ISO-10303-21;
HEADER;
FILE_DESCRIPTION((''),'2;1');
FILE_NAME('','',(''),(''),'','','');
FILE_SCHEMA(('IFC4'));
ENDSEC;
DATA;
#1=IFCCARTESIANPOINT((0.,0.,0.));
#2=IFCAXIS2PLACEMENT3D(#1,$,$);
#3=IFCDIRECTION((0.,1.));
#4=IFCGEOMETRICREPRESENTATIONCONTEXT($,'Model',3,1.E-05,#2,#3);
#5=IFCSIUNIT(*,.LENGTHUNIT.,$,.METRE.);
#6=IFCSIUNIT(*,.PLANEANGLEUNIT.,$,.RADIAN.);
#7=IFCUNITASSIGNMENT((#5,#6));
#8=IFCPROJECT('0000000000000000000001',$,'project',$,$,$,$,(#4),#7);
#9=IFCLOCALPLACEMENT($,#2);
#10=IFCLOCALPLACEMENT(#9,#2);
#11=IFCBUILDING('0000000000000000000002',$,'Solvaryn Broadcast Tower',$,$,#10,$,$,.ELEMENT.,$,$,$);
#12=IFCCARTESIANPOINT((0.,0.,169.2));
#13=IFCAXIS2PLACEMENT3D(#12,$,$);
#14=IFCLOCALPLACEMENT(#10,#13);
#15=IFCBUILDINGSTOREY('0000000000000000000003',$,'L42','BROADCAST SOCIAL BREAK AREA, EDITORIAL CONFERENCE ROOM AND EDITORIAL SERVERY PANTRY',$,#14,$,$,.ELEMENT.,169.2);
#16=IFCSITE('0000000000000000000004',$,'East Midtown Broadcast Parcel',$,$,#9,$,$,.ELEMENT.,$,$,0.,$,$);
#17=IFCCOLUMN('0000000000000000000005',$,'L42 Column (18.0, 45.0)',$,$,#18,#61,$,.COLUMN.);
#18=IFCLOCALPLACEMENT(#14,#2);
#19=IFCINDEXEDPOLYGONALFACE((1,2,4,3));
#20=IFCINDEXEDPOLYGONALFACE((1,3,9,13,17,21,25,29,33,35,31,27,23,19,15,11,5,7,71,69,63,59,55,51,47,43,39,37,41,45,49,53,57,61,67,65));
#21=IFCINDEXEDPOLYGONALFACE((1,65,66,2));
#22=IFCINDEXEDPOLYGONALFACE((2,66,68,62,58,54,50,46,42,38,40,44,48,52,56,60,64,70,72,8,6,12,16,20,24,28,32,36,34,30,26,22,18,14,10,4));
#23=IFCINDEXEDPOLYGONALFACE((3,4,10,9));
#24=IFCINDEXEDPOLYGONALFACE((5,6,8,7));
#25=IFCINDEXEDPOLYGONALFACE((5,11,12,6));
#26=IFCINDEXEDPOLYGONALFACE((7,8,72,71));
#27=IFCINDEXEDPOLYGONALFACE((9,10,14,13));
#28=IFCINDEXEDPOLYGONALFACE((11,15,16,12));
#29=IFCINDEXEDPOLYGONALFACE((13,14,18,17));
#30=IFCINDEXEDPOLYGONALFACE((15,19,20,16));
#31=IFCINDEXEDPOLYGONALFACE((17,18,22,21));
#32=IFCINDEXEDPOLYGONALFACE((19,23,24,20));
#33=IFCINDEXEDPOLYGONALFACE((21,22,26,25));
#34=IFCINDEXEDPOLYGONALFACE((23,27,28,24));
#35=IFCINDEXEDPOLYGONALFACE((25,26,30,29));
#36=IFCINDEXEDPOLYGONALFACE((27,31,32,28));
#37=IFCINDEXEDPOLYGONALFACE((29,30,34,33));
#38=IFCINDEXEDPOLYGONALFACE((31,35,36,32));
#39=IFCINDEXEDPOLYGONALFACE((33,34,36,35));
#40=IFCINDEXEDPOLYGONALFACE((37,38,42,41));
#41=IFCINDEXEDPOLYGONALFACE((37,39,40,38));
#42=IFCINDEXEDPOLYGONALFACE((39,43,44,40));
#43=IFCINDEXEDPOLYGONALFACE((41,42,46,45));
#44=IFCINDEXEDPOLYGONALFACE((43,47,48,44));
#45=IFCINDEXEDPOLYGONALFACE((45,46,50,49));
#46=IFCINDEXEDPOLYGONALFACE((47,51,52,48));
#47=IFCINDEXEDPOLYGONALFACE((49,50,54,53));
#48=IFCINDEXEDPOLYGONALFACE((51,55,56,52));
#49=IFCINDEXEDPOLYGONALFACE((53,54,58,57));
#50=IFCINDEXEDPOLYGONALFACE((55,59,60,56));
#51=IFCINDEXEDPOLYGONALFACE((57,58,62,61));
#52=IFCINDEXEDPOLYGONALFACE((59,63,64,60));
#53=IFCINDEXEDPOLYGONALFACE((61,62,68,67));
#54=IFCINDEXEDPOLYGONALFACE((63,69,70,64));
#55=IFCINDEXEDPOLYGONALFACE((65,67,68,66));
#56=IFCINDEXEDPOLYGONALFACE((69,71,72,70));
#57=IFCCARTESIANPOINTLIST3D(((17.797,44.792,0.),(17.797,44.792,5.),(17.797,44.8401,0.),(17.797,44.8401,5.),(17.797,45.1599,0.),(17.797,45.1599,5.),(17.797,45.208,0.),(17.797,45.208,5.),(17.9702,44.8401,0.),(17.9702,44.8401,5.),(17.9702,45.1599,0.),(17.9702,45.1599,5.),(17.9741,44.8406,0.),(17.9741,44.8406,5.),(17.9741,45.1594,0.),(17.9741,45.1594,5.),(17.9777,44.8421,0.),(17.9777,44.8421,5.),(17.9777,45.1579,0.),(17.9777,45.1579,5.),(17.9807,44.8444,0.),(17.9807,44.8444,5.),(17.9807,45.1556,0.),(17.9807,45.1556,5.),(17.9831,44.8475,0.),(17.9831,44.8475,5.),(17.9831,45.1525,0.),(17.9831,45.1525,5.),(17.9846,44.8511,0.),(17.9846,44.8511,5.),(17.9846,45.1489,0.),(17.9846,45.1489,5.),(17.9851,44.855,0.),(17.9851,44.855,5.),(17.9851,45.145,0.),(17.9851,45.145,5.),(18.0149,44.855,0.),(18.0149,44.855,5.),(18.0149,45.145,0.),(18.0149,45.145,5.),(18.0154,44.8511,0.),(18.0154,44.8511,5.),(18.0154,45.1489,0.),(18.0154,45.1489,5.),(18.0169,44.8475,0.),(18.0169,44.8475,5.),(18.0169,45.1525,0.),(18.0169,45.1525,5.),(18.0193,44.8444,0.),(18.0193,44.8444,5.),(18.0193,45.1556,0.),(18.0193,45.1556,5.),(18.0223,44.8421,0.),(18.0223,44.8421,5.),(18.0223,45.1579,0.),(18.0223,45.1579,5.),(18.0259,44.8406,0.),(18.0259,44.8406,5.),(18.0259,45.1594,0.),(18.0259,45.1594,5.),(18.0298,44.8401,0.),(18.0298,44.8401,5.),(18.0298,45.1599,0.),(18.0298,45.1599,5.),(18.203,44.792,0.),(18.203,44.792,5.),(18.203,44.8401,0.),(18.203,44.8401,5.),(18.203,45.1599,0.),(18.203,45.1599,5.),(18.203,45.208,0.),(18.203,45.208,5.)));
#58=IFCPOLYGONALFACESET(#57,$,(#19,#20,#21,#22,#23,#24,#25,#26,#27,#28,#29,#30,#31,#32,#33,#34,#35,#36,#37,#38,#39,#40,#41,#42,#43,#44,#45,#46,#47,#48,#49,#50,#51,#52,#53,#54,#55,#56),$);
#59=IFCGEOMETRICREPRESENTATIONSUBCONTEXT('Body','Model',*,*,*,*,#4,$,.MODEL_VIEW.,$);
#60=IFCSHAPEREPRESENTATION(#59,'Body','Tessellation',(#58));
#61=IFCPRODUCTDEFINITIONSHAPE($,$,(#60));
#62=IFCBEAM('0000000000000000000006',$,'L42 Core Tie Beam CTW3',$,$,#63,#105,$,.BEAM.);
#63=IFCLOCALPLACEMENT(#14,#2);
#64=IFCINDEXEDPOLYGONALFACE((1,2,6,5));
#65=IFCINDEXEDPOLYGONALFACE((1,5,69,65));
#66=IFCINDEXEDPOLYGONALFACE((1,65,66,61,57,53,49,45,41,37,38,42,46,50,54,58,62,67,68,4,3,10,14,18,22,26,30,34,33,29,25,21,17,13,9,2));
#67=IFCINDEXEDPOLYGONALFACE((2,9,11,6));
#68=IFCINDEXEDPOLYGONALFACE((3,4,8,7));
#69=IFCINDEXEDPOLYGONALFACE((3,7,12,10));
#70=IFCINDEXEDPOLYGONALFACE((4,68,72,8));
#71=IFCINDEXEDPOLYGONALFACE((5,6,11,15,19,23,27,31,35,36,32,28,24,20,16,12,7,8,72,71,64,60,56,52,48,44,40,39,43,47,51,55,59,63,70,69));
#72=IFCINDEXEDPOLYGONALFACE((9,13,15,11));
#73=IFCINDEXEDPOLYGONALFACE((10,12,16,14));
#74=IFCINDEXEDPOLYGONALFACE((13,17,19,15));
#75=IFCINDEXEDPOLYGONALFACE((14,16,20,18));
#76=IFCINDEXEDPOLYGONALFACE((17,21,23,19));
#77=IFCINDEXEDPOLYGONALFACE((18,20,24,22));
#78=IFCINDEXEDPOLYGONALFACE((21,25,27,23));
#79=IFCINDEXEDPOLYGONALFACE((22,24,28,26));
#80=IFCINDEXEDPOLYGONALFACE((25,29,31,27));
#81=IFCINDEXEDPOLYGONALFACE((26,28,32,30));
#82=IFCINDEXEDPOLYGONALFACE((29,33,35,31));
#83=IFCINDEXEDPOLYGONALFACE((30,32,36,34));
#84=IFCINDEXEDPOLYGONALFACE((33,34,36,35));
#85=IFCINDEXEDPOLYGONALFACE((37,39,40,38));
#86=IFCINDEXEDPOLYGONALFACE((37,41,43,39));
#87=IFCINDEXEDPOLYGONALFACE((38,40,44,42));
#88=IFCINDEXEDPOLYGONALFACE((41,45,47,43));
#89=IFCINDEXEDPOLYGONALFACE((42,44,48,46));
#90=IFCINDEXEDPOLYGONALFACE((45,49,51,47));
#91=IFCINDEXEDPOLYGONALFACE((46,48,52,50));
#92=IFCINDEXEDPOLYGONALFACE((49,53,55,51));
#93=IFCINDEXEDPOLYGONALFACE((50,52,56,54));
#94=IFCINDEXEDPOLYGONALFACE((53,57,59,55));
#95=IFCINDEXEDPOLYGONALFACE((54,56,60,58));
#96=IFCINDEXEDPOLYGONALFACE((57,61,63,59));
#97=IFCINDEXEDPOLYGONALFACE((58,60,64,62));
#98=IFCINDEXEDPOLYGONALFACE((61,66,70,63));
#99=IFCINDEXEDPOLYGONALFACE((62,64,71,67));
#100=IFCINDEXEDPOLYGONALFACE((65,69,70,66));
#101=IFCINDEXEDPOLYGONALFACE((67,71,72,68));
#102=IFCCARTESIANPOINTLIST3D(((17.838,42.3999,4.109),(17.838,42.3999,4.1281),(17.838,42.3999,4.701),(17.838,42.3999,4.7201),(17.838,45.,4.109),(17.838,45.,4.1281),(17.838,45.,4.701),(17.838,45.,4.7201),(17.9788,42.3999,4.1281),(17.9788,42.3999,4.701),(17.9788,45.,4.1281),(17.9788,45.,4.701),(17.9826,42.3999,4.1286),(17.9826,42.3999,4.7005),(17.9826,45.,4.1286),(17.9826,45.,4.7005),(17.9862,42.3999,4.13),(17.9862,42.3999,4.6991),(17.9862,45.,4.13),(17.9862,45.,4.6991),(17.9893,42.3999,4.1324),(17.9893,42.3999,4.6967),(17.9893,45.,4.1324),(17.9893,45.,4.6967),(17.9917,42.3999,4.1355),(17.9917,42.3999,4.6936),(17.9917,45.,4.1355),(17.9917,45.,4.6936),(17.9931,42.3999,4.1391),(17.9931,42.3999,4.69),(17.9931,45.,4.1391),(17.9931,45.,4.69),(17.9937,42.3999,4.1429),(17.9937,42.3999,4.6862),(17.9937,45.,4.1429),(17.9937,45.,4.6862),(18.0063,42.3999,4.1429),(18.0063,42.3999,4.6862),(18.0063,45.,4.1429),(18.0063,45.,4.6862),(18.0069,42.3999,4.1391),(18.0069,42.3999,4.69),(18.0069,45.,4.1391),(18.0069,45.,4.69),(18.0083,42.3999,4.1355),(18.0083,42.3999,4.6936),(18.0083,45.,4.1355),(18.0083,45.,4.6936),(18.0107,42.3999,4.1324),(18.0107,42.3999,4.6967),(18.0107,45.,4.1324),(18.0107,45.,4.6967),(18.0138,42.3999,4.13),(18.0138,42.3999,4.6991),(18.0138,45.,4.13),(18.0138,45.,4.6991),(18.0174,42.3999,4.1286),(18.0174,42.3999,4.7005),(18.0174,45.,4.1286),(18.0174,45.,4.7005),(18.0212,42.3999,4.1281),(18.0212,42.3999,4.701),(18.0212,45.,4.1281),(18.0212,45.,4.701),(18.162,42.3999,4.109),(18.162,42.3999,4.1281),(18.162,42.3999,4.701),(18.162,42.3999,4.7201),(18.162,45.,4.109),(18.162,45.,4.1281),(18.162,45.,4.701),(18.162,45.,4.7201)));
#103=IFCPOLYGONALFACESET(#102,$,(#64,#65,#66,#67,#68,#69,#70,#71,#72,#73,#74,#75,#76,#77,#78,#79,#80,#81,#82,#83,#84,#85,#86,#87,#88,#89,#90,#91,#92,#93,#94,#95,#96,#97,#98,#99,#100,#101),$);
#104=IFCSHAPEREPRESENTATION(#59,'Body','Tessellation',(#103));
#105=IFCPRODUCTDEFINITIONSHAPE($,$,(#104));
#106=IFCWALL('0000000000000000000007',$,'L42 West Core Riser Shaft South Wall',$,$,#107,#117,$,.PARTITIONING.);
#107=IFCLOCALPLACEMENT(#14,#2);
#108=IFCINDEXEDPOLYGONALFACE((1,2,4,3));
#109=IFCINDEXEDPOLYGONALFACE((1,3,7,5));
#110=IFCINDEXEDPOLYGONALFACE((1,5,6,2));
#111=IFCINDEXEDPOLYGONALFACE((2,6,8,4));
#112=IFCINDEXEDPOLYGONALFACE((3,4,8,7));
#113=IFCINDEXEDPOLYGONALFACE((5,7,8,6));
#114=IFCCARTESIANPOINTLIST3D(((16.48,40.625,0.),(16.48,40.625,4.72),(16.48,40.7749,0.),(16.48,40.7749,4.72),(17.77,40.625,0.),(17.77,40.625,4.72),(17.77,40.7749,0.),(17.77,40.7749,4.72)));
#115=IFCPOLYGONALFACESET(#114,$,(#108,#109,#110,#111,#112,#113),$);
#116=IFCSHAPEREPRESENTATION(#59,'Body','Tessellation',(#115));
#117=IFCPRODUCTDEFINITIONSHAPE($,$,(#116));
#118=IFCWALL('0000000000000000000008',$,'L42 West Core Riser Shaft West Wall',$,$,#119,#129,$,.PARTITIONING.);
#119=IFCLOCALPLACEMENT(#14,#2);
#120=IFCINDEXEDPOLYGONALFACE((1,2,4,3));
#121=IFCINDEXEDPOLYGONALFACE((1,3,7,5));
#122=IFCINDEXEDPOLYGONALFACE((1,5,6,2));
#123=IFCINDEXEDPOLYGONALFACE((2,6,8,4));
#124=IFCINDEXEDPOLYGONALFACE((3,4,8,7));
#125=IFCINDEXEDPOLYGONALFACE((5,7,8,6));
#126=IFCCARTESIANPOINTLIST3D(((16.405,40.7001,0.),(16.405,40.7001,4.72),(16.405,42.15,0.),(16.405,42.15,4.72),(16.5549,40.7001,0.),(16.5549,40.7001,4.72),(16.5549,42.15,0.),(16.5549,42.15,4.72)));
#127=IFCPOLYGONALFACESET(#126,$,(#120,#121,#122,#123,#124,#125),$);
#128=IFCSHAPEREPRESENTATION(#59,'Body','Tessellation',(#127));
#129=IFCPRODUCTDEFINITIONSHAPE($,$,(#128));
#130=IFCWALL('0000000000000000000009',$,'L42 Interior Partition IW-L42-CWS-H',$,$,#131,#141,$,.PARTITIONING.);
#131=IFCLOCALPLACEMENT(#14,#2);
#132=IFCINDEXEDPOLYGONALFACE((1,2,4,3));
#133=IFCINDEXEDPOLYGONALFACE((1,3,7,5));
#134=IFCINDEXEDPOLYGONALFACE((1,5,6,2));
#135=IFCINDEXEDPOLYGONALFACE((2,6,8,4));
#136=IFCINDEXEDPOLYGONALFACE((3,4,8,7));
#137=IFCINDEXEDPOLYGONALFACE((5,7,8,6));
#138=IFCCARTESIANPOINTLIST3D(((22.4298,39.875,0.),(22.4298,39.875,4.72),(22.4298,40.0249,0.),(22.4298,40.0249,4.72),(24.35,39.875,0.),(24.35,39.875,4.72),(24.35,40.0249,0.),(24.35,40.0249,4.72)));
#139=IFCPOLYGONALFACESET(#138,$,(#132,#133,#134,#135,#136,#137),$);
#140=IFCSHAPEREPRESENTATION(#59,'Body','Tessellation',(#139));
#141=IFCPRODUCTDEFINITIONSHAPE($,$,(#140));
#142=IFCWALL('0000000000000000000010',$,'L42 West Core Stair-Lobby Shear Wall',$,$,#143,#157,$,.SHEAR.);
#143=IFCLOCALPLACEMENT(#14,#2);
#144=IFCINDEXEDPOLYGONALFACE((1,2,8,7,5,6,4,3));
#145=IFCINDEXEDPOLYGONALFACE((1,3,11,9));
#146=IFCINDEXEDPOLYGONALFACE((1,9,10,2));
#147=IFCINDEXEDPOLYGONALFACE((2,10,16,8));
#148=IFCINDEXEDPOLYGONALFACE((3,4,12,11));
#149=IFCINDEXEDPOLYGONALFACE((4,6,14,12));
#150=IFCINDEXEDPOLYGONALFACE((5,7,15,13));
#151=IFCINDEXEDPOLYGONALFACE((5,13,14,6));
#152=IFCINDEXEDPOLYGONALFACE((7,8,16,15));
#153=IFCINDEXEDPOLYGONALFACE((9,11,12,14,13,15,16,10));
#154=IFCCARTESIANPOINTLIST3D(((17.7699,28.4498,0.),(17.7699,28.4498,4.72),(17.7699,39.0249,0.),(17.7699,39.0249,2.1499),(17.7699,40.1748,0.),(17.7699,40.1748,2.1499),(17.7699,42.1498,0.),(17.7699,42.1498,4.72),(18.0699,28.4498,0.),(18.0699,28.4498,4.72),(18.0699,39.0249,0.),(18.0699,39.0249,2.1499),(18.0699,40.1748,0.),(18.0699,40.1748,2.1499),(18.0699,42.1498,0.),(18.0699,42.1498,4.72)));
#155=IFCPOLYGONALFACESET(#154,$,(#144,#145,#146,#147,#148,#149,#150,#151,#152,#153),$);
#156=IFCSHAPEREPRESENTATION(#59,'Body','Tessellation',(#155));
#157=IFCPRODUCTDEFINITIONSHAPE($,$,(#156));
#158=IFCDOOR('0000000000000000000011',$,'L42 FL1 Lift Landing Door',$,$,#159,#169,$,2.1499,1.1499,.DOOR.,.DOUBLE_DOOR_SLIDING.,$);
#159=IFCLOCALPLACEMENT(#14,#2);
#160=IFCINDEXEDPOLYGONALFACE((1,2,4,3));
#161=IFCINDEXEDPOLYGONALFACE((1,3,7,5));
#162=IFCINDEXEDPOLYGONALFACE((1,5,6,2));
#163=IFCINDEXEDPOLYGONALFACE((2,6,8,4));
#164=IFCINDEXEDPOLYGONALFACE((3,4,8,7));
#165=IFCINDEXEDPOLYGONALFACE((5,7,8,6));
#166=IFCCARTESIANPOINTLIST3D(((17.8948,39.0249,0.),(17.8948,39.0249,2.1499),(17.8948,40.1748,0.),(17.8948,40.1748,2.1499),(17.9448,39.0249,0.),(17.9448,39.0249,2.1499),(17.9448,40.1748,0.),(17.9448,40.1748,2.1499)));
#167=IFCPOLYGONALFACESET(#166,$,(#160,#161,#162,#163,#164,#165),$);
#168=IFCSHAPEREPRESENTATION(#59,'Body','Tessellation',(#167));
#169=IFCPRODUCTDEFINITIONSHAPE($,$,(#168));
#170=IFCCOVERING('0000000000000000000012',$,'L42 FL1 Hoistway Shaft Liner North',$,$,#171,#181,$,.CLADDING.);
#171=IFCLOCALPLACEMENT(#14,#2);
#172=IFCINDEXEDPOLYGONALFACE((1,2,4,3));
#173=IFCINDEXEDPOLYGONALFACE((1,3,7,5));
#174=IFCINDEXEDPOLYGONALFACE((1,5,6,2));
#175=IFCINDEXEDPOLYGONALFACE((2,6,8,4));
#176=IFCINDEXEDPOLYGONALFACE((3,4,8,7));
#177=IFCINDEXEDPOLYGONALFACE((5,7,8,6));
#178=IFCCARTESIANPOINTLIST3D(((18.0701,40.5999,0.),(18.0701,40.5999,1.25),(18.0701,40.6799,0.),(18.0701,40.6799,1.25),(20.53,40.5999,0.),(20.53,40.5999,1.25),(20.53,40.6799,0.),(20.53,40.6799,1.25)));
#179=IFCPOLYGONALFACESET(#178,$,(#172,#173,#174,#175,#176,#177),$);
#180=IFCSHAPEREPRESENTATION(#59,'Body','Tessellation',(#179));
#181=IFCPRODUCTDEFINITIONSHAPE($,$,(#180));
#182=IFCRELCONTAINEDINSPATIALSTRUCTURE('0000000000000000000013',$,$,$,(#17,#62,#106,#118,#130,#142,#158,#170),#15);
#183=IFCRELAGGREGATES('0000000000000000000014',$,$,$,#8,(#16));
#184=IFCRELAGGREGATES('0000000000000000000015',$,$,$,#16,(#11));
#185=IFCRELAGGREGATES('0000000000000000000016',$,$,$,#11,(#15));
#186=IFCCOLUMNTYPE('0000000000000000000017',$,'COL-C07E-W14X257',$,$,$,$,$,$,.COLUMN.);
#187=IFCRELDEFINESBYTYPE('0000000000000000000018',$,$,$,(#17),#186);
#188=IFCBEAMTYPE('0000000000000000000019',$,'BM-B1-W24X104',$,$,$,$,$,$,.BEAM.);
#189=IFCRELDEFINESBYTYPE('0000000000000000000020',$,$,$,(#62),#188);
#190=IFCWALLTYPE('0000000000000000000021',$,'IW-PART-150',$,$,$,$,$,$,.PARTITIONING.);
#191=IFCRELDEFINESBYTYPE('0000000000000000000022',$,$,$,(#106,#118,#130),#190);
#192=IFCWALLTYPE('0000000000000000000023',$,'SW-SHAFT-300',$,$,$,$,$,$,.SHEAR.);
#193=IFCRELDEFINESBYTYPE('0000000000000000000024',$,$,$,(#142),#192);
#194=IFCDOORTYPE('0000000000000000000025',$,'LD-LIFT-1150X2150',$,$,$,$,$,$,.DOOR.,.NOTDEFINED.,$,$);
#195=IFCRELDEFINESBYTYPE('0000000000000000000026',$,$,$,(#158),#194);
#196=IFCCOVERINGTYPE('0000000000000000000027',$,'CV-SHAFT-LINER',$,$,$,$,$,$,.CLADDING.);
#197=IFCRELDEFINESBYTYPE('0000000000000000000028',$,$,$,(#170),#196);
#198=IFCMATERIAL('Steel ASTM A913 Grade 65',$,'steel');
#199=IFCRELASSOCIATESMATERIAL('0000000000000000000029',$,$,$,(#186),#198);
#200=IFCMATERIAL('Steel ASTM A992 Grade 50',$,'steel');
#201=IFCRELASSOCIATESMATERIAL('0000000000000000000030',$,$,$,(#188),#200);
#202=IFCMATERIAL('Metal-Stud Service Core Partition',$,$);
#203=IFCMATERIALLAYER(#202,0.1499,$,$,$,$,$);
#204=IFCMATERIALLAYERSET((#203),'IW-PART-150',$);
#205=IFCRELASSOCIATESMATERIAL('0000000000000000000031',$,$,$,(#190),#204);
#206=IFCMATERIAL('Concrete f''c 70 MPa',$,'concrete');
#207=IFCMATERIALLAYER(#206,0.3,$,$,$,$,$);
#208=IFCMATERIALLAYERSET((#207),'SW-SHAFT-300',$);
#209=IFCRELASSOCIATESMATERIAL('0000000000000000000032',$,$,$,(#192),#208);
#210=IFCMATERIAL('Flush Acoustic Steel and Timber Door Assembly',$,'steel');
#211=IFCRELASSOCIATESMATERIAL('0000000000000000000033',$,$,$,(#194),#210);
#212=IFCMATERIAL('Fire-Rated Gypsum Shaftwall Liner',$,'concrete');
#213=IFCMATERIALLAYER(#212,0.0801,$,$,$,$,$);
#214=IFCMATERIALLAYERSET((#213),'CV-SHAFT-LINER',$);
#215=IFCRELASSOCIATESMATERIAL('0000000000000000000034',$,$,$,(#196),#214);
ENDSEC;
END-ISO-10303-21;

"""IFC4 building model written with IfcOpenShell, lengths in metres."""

from ifc_helpers import new_model, si_unit, direction, frame, frame_2d, origin, origin_2d, place, context, subcontext, project, spatial, rectangle, i_section, extrude, material, layer, layer_set, material_profile, profile_set, type_object, element, fill, save


model = new_model("IFC4")

# Units and contexts
model_context = context("Model", 3, precision=1e-05, world=origin(), true_north=direction((0.0, 1.0)))
body_context = subcontext(model_context, "Body", "Model", "MODEL_VIEW")
ifc_project = project(units=[si_unit("LENGTHUNIT", "METRE"), si_unit("PLANEANGLEUNIT", "RADIAN")], contexts=[model_context])

# Site, building, storey
site_placement = place(None, origin())
site = spatial("IfcSite", under=ifc_project, at=site_placement, Name="East Midtown Broadcast Parcel", CompositionType="ELEMENT", RefElevation=0.0)
building_placement = place(site_placement, origin())
building = spatial("IfcBuilding", under=site, at=building_placement, Name="Solvaryn Broadcast Tower", CompositionType="ELEMENT")
storey_placement = place(building_placement, frame((0.0, 0.0, 169.2)))
storey = spatial("IfcBuildingStorey", under=building, at=storey_placement, Name="L42", Description="BROADCAST SOCIAL BREAK AREA, EDITORIAL CONFERENCE ROOM AND EDITORIAL SERVERY PANTRY", CompositionType="ELEMENT", Elevation=169.2)

# Column
ifc_material_1 = material(Name="Steel ASTM A913 Grade 65", Category="steel")
ifc_material_profile_1 = material_profile(ifc_material_1, i_section(OverallWidth=0.406, OverallDepth=0.416, WebThickness=0.0298, FlangeThickness=0.0481, FilletRadius=0.0149, at=origin_2d()))
ifc_profile_set_1 = profile_set([ifc_material_profile_1], Name="Steel ASTM A913 Grade 65")
column_type = type_object("IfcColumnType", Name="COL-C07E-W14X257", PredefinedType="COLUMN", material=ifc_profile_set_1)
column_placement = place(storey_placement, frame((18.0, 45.0, 0.0), z_axis=(0.0, 0.0, 1.0), x_axis=(1.0, 0.0, 0.0)))
element("IfcColumn", 1, at=column_placement, inside=storey, type_object=column_type, Name="L42 Column (18.0, 45.0)", PredefinedType="COLUMN", context=body_context, shape_type="SweptSolid", body=[
    extrude(i_section(OverallWidth=0.406, OverallDepth=0.416, WebThickness=0.0298, FlangeThickness=0.0481, FilletRadius=0.0149, at=origin_2d()), origin(), (0.0, 0.0, 1.0), 5.0),
])

# Beam
ifc_material_2 = material(Name="Steel ASTM A992 Grade 50", Category="steel")
ifc_material_profile_2 = material_profile(ifc_material_2, i_section(OverallWidth=0.324, OverallDepth=0.6111, WebThickness=0.0127, FlangeThickness=0.019, FilletRadius=0.0149, at=origin_2d()))
ifc_profile_set_2 = profile_set([ifc_material_profile_2], Name="Steel ASTM A992 Grade 50")
beam_type = type_object("IfcBeamType", Name="BM-B1-W24X104", PredefinedType="BEAM", material=ifc_profile_set_2)
beam_placement = place(storey_placement, frame((18.0, 42.3999, 4.4146), z_axis=(0.0, 1.0, 0.0), x_axis=(-1.0, 0.0, 0.0)))
element("IfcBeam", 2, at=beam_placement, inside=storey, type_object=beam_type, Name="L42 Core Tie Beam CTW3", PredefinedType="BEAM", context=body_context, shape_type="SweptSolid", body=[
    extrude(i_section(OverallWidth=0.324, OverallDepth=0.6111, WebThickness=0.0127, FlangeThickness=0.019, FilletRadius=0.0149, at=origin_2d()), origin(), (0.0, 0.0, 1.0), 2.6001),
])

# Walls
ifc_material_3 = material(Name="Metal-Stud Service Core Partition")
ifc_layer_1 = layer(ifc_material_3, 0.1499)
ifc_layer_set_1 = layer_set([ifc_layer_1], Name="IW-PART-150")
wall_type_1 = type_object("IfcWallType", Name="IW-PART-150", PredefinedType="PARTITIONING", material=ifc_layer_set_1)
wall_1_placement = place(storey_placement, frame((16.48, 40.7, 0.0), z_axis=(0.0, 0.0, 1.0), x_axis=(1.0, 0.0, 0.0)))
element("IfcWall", 3, at=wall_1_placement, inside=storey, type_object=wall_type_1, Name="L42 West Core Riser Shaft South Wall", PredefinedType="PARTITIONING", context=body_context, shape_type="SweptSolid", body=[
    extrude(rectangle(XDim=1.29, YDim=0.1499, at=frame_2d((0.645, 0.0))), origin(), (0.0, 0.0, 1.0), 4.72),
])
wall_2_placement = place(storey_placement, frame((16.48, 40.7, 0.0), z_axis=(0.0, 0.0, 1.0), x_axis=(0.0, 1.0, 0.0)))
element("IfcWall", 4, at=wall_2_placement, inside=storey, type_object=wall_type_1, Name="L42 West Core Riser Shaft West Wall", PredefinedType="PARTITIONING", context=body_context, shape_type="SweptSolid", body=[
    extrude(rectangle(XDim=1.45, YDim=0.1499, at=frame_2d((0.7251, 0.0))), origin(), (0.0, 0.0, 1.0), 4.72),
])
wall_3_placement = place(storey_placement, frame((22.4299, 39.95, 0.0), z_axis=(0.0, 0.0, 1.0), x_axis=(1.0, 0.0, 0.0)))
element("IfcWall", 5, at=wall_3_placement, inside=storey, type_object=wall_type_1, Name="L42 Interior Partition IW-L42-CWS-H", PredefinedType="PARTITIONING", context=body_context, shape_type="SweptSolid", body=[
    extrude(rectangle(XDim=1.9202, YDim=0.1499, at=frame_2d((0.96, 0.0))), origin(), (0.0, 0.0, 1.0), 4.72),
])

# Wall, opening, door
ifc_material_4 = material(Name="Concrete f'c 70 MPa", Category="concrete")
ifc_layer_2 = layer(ifc_material_4, 0.3)
ifc_layer_set_2 = layer_set([ifc_layer_2], Name="SW-SHAFT-300")
wall_type_2 = type_object("IfcWallType", Name="SW-SHAFT-300", PredefinedType="SHEAR", material=ifc_layer_set_2)
wall_4_placement = place(storey_placement, frame((17.9199, 42.1499, 0.0), z_axis=(0.0, 0.0, 1.0), x_axis=(0.0, -1.0, 0.0)))
wall_4 = element("IfcWall", 6, at=wall_4_placement, inside=storey, type_object=wall_type_2, Name="L42 West Core Stair-Lobby Shear Wall", PredefinedType="SHEAR", context=body_context, shape_type="SweptSolid", body=[
    extrude(rectangle(XDim=13.7, YDim=0.3, at=frame_2d((6.8501, 0.0))), origin(), (0.0, 0.0, 1.0), 4.72),
])
opening_placement = place(wall_4_placement, frame((1.9751, 0.0, 0.0)))
opening = element("IfcOpeningElement", 7, at=opening_placement, cuts=wall_4, PredefinedType="OPENING", context=body_context, shape_type="SweptSolid", body=[
    extrude(rectangle(XDim=1.1499, YDim=2.1499, at=frame_2d((0.575, 1.075))), frame((0.0, 0.1599, 0.0), z_axis=(0.0, -1.0, 0.0), x_axis=(1.0, 0.0, 0.0)), (0.0, 0.0, 1.0), 0.3201),
])
ifc_material_5 = material(Name="Flush Acoustic Steel and Timber Door Assembly", Category="steel")
door_type = type_object("IfcDoorType", Name="LD-LIFT-1150X2150", OperationType="NOTDEFINED", PredefinedType="DOOR", material=ifc_material_5)
door_placement = place(opening_placement, origin())
door = element("IfcDoor", 8, at=door_placement, inside=storey, type_object=door_type, Name="L42 FL1 Lift Landing Door", OperationType="DOUBLE_DOOR_SLIDING", OverallHeight=2.1499, OverallWidth=1.1499, PredefinedType="DOOR", context=body_context, shape_type="SweptSolid", body=[
    extrude(rectangle(XDim=1.1499, YDim=2.1499, at=frame_2d((0.575, 1.075))), frame((0.0, 0.0249, 0.0), z_axis=(0.0, -1.0, 0.0), x_axis=(1.0, 0.0, 0.0)), (0.0, 0.0, 1.0), 0.05),
])
fill(opening, door)

# Covering
ifc_material_6 = material(Name="Fire-Rated Gypsum Shaftwall Liner", Category="concrete")
ifc_layer_3 = layer(ifc_material_6, 0.0801)
ifc_layer_set_3 = layer_set([ifc_layer_3], Name="CV-SHAFT-LINER")
covering_type_1 = type_object("IfcCoveringType", Name="CV-SHAFT-LINER", PredefinedType="CLADDING", material=ifc_layer_set_3)
for number, where, z_axis, x_axis, name in (
    (9, (19.3, 40.6399, 0.0), (0.0, 0.0, 1.0), (1.0, 0.0, 0.0), "L42 FL1 Hoistway Shaft Liner North"),
):
    element("IfcCovering", number, at=place(storey_placement, frame(where, z_axis=z_axis, x_axis=x_axis)), inside=storey, type_object=covering_type_1, Name=name, PredefinedType="CLADDING", context=body_context, shape_type="SweptSolid", body=[
        extrude(rectangle(XDim=2.46, YDim=0.0801, at=origin_2d()), origin(), (0.0, 0.0, 1.0), 1.25),
    ])

save(model, "model.ifc")
